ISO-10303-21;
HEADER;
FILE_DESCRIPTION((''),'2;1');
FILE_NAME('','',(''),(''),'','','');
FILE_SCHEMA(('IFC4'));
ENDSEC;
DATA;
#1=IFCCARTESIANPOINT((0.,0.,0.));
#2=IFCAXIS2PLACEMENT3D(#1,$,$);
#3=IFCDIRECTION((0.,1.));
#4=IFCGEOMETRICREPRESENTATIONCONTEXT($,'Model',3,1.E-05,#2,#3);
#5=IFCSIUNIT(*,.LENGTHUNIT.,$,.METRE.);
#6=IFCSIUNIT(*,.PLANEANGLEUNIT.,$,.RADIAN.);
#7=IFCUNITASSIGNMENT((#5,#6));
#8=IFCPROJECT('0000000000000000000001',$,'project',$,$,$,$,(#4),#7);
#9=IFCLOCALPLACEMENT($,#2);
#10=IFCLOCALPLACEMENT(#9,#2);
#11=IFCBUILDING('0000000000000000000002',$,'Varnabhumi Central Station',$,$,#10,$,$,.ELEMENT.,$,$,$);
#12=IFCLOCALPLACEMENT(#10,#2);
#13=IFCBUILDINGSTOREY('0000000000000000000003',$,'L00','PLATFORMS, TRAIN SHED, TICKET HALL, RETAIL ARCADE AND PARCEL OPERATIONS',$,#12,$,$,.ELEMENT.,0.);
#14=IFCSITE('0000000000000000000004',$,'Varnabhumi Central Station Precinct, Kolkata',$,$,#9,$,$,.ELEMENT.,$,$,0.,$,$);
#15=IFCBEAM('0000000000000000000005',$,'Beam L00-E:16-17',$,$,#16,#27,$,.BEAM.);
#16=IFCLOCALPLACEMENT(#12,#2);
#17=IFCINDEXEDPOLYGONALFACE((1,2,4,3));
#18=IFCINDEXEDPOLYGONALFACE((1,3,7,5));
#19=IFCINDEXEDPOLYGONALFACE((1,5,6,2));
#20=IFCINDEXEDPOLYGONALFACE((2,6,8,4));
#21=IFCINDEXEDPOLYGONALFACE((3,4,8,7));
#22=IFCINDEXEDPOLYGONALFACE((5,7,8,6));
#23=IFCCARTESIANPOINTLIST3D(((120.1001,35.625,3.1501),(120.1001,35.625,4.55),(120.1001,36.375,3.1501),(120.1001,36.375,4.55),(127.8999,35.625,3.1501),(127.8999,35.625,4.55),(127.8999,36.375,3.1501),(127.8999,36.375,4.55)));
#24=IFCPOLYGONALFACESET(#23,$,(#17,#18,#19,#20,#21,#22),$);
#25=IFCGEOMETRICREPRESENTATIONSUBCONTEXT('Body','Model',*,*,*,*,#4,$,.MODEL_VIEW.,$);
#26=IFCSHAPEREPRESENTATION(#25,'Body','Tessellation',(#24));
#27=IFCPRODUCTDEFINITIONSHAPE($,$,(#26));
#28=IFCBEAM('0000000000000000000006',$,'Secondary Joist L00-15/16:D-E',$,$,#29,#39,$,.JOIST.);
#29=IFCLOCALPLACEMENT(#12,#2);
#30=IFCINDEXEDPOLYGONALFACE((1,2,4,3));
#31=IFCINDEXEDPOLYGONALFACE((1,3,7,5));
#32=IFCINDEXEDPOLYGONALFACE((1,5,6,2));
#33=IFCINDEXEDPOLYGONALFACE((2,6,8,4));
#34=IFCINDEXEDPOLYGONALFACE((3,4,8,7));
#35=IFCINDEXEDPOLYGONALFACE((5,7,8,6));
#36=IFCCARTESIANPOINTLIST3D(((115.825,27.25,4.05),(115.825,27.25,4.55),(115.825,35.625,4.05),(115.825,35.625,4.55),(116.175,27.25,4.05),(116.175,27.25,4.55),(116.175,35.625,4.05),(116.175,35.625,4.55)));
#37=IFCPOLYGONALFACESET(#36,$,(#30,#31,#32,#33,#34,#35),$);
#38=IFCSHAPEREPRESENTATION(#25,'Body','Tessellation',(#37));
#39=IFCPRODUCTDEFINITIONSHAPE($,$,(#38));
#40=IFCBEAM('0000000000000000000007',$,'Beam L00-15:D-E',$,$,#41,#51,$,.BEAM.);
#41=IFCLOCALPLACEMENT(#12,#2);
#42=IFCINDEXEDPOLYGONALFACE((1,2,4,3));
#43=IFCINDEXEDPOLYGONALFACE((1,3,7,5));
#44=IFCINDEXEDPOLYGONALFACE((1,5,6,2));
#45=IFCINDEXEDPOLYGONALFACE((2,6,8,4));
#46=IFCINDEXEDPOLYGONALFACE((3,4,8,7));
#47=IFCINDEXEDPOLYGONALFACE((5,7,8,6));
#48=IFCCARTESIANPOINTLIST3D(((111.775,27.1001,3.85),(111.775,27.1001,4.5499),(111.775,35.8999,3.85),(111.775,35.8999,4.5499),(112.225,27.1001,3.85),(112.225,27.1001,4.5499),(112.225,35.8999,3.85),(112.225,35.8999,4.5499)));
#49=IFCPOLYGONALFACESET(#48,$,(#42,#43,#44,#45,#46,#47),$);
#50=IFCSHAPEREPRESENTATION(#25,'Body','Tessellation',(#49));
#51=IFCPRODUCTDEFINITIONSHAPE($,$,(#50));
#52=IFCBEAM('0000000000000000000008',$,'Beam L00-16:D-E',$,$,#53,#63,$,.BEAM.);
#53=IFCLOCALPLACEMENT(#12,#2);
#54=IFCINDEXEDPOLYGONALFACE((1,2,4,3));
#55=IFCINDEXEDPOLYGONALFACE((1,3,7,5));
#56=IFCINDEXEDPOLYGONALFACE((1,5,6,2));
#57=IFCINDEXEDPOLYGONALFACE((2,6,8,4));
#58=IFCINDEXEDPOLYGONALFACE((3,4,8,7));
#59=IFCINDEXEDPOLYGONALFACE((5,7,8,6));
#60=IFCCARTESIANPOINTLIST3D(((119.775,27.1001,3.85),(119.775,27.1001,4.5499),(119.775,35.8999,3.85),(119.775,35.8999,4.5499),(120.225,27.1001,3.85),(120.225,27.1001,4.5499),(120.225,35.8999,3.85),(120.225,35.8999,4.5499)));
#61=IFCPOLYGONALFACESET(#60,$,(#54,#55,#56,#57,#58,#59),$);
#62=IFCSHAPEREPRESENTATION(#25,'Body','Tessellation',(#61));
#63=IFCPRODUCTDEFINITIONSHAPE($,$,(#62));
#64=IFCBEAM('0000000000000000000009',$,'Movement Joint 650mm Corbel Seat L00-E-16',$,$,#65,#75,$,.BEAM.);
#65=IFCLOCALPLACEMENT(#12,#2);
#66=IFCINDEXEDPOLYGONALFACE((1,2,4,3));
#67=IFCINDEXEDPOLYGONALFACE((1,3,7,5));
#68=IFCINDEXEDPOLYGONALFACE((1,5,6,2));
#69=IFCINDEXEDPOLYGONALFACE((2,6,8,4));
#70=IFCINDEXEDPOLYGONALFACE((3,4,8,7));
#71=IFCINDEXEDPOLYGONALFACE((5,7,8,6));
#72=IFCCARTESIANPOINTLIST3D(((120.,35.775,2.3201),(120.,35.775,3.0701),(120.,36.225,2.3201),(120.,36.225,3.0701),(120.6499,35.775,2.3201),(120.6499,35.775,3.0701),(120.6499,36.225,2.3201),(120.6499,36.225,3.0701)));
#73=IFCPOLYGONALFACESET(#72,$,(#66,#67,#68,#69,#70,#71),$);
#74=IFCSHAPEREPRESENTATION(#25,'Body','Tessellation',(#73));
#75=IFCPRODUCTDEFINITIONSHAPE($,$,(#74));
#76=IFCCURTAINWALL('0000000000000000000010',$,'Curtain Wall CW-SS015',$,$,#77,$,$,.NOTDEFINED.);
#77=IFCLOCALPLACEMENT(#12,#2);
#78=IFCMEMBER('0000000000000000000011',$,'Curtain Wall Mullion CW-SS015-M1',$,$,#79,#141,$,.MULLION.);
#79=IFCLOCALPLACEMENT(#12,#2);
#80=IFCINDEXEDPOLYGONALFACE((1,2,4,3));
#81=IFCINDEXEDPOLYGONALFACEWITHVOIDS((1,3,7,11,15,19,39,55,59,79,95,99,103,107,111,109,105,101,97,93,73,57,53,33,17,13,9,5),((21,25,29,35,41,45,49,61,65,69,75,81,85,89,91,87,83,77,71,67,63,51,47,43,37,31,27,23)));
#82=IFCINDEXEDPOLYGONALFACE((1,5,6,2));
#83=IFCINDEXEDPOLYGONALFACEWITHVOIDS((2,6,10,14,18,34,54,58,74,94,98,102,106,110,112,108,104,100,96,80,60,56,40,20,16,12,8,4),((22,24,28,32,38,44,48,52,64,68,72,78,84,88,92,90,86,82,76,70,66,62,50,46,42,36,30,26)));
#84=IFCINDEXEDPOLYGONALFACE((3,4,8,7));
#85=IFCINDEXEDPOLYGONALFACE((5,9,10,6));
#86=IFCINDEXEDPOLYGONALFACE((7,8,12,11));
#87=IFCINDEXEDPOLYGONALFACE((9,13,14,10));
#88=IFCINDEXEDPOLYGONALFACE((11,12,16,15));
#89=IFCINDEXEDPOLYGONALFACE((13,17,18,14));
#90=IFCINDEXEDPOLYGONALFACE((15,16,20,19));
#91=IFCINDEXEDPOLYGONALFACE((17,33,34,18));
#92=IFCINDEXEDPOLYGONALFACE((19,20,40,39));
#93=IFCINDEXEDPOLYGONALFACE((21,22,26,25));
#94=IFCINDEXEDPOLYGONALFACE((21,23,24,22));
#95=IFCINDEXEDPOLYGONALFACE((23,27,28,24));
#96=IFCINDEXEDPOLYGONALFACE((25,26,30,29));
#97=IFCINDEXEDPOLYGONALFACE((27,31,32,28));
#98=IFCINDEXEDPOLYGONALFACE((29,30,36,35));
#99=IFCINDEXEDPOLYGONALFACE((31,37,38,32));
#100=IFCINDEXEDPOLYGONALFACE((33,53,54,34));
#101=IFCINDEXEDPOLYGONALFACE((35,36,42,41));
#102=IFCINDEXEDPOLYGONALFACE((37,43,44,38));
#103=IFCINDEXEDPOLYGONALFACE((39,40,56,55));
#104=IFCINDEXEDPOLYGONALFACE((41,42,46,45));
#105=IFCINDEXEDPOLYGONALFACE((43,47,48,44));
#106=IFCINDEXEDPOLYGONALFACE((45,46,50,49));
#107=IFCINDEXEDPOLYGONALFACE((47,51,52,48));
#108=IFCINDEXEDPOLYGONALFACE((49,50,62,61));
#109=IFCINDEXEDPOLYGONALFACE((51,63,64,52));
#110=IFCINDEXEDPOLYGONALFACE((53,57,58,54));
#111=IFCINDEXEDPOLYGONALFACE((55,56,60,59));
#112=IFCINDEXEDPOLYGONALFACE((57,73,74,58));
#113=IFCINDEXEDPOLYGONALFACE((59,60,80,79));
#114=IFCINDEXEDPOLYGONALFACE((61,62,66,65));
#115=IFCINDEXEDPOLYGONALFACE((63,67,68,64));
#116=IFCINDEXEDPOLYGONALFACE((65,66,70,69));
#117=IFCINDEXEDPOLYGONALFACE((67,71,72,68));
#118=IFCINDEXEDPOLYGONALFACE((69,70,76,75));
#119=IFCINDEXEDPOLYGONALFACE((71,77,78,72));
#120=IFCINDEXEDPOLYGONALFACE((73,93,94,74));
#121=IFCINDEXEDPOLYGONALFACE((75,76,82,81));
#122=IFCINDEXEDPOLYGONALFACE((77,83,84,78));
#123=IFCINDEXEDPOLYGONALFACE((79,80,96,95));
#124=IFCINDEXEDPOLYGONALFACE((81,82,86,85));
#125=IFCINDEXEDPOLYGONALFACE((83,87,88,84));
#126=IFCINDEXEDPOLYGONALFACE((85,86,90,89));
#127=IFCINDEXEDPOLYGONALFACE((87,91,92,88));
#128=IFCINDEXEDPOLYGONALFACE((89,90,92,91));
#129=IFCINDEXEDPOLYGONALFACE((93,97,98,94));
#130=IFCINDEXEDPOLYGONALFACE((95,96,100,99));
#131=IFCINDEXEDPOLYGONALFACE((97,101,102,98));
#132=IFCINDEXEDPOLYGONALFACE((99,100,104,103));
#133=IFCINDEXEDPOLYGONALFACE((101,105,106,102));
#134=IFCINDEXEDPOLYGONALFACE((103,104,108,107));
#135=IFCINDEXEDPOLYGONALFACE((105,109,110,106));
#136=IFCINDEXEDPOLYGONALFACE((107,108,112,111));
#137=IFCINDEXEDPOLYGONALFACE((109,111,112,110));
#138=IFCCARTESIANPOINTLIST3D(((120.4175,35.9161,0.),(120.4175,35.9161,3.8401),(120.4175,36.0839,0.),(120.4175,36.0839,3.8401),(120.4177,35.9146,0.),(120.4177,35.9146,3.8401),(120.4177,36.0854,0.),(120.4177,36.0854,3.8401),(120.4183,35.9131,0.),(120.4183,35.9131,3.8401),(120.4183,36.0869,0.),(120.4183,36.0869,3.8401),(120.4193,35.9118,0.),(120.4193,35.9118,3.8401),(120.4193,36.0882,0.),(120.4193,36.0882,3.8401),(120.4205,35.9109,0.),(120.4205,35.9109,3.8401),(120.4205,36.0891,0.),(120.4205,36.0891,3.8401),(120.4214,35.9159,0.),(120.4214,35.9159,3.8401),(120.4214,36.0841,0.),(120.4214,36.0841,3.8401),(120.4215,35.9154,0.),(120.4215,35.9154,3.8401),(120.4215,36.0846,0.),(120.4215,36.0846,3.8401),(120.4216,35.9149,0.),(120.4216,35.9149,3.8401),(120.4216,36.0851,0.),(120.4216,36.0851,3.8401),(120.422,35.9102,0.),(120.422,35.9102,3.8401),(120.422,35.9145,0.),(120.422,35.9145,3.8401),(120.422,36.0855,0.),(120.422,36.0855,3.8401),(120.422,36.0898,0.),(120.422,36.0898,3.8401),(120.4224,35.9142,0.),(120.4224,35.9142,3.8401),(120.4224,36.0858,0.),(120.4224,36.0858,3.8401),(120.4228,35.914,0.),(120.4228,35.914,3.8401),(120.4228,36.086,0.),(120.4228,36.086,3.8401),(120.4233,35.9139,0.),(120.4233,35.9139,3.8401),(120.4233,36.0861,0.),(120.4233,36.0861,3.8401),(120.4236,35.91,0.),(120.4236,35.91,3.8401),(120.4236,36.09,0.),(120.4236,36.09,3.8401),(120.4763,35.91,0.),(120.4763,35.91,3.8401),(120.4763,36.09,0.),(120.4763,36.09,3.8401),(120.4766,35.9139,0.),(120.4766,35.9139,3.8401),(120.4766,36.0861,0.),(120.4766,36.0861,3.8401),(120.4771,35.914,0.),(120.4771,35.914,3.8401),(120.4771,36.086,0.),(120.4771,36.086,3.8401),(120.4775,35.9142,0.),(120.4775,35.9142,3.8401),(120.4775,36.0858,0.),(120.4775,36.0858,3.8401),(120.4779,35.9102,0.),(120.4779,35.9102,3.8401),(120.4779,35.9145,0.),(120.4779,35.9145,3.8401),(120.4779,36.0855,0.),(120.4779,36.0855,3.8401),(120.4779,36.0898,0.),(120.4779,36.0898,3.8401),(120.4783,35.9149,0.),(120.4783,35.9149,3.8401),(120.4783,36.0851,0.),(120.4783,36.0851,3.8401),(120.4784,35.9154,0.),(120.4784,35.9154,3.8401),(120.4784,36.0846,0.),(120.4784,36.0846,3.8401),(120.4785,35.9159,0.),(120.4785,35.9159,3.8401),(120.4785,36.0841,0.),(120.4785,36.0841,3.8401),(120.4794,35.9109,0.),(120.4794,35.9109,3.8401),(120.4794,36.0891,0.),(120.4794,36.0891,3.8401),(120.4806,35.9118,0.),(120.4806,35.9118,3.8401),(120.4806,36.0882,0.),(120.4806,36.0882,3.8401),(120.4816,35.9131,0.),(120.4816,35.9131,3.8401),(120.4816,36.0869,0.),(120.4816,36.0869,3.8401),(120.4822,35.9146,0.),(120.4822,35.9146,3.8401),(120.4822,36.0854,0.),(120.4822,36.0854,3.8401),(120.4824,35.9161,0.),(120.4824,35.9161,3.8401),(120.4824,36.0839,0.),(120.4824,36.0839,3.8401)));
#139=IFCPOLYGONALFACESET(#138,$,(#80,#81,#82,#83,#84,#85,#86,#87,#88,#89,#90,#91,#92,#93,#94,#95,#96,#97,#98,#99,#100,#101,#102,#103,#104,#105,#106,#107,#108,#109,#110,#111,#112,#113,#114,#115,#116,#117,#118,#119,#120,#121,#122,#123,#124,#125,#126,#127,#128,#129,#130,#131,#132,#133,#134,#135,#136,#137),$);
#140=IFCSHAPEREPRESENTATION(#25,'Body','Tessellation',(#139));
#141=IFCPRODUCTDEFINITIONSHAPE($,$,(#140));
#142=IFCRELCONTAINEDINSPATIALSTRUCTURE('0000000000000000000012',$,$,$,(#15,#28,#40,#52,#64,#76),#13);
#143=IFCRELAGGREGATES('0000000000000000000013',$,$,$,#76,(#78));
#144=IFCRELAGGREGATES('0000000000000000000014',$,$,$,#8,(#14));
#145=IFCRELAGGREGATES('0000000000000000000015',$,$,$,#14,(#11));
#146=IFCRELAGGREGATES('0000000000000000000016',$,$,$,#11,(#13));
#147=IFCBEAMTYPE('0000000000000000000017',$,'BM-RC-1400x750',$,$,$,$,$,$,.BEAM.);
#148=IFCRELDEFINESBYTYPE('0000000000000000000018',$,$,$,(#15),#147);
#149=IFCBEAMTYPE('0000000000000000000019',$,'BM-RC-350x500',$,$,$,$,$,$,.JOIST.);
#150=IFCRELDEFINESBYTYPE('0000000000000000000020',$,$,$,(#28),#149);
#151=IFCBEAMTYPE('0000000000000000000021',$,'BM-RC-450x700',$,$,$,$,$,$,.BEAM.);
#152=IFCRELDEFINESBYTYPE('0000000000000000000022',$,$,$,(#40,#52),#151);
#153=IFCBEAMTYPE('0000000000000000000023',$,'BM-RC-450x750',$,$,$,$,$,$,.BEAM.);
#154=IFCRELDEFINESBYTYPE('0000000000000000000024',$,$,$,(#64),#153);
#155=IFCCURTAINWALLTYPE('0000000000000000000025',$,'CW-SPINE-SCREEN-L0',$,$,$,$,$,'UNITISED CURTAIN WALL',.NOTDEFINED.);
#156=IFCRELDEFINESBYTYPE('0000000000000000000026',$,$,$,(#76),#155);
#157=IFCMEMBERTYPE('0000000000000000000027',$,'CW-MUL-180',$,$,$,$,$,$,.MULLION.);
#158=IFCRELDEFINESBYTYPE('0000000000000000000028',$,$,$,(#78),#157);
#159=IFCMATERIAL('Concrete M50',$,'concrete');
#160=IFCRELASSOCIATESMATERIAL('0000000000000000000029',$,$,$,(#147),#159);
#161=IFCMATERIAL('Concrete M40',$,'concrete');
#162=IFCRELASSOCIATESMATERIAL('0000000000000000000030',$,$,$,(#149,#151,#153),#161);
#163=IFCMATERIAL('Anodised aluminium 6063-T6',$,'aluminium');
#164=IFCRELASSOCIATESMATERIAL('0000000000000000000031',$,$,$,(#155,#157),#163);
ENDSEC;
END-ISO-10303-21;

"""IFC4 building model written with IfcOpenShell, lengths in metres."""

from ifc_helpers import new_model, si_unit, direction, frame, origin, origin_2d, place, context, subcontext, project, spatial, rectangle, hollow_rectangle, extrude, material, material_profile, profile_set, type_object, element, aggregate, save


model = new_model("IFC4")

# Units and contexts
model_context = context("Model", 3, precision=1e-05, world=origin(), true_north=direction((0.0, 1.0)))
body_context = subcontext(model_context, "Body", "Model", "MODEL_VIEW")
ifc_project = project(units=[si_unit("LENGTHUNIT", "METRE"), si_unit("PLANEANGLEUNIT", "RADIAN")], contexts=[model_context])

# Site, building, storey
site_placement = place(None, origin())
site = spatial("IfcSite", under=ifc_project, at=site_placement, Name="Varnabhumi Central Station Precinct, Kolkata", CompositionType="ELEMENT", RefElevation=0.0)
building_placement = place(site_placement, origin())
building = spatial("IfcBuilding", under=site, at=building_placement, Name="Varnabhumi Central Station", CompositionType="ELEMENT")
storey_placement = place(building_placement, origin())
storey = spatial("IfcBuildingStorey", under=building, at=storey_placement, Name="L00", Description="PLATFORMS, TRAIN SHED, TICKET HALL, RETAIL ARCADE AND PARCEL OPERATIONS", CompositionType="ELEMENT", Elevation=0.0)

# Shared definitions
ifc_material_1 = material(Name="Concrete M40", Category="concrete")

# Shared definitions
ifc_material_2 = material(Name="Concrete M50", Category="concrete")

# Beams
ifc_material_profile_1 = material_profile(ifc_material_2, rectangle(XDim=0.75, YDim=1.3999, at=origin_2d()), Name="Concrete M50", Category="concrete")
ifc_profile_set_1 = profile_set([ifc_material_profile_1], Name="Concrete M50")
beam_type_1 = type_object("IfcBeamType", Name="BM-RC-1400x750", PredefinedType="BEAM", material=ifc_profile_set_1)
for number, where, z_axis, x_axis, name in (
    (1, (120.1001, 36.0, 3.8501), (1.0, 0.0, 0.0), (0.0, 1.0, 0.0), "Beam L00-E:16-17"),
):
    element("IfcBeam", number, at=place(storey_placement, frame(where, z_axis=z_axis, x_axis=x_axis)), inside=storey, type_object=beam_type_1, Name=name, PredefinedType="BEAM", context=body_context, shape_type="SweptSolid", body=[
        extrude(rectangle(XDim=0.75, YDim=1.3999, at=origin_2d()), origin(), (0.0, 0.0, 1.0), 7.7998),
    ])
ifc_material_profile_2 = material_profile(ifc_material_1, rectangle(XDim=0.3501, YDim=0.5, at=origin_2d()), Name="Concrete M40", Category="concrete")
ifc_profile_set_2 = profile_set([ifc_material_profile_2], Name="Concrete M40")
beam_type_2 = type_object("IfcBeamType", Name="BM-RC-350x500", PredefinedType="JOIST", material=ifc_profile_set_2)
beam_1_placement = place(storey_placement, frame((116.0, 27.25, 4.3), z_axis=(0.0, 1.0, 0.0), x_axis=(-1.0, 0.0, 0.0)))
element("IfcBeam", 2, at=beam_1_placement, inside=storey, type_object=beam_type_2, Name="Secondary Joist L00-15/16:D-E", PredefinedType="JOIST", context=body_context, shape_type="SweptSolid", body=[
    extrude(rectangle(XDim=0.3501, YDim=0.5, at=origin_2d()), origin(), (0.0, 0.0, 1.0), 8.375),
])
ifc_material_profile_3 = material_profile(ifc_material_1, rectangle(XDim=0.45, YDim=0.7, at=origin_2d()), Name="Concrete M40", Category="concrete")
ifc_profile_set_3 = profile_set([ifc_material_profile_3], Name="Concrete M40")
beam_type_3 = type_object("IfcBeamType", Name="BM-RC-450x700", PredefinedType="BEAM", material=ifc_profile_set_3)
for number, where, z_axis, x_axis, name in (
    (3, (112.0, 27.1001, 4.2), (0.0, 1.0, 0.0), (-1.0, 0.0, 0.0), "Beam L00-15:D-E"),
    (4, (120.0, 27.1001, 4.2), (0.0, 1.0, 0.0), (-1.0, 0.0, 0.0), "Beam L00-16:D-E"),
):
    element("IfcBeam", number, at=place(storey_placement, frame(where, z_axis=z_axis, x_axis=x_axis)), inside=storey, type_object=beam_type_3, Name=name, PredefinedType="BEAM", context=body_context, shape_type="SweptSolid", body=[
        extrude(rectangle(XDim=0.45, YDim=0.7, at=origin_2d()), origin(), (0.0, 0.0, 1.0), 8.7998),
    ])
ifc_material_profile_4 = material_profile(ifc_material_1, rectangle(XDim=0.45, YDim=0.75, at=origin_2d()), Name="Concrete M40", Category="concrete")
ifc_profile_set_4 = profile_set([ifc_material_profile_4], Name="Concrete M40")
beam_type_4 = type_object("IfcBeamType", Name="BM-RC-450x750", PredefinedType="BEAM", material=ifc_profile_set_4)
beam_2_placement = place(storey_placement, frame((120.0, 36.0, 2.6951), z_axis=(1.0, 0.0, 0.0), x_axis=(0.0, 1.0, 0.0)))
element("IfcBeam", 5, at=beam_2_placement, inside=storey, type_object=beam_type_4, Name="Movement Joint 650mm Corbel Seat L00-E-16", PredefinedType="BEAM", context=body_context, shape_type="SweptSolid", body=[
    extrude(rectangle(XDim=0.45, YDim=0.75, at=origin_2d()), origin(), (0.0, 0.0, 1.0), 0.6499),
])

# Curtain wall, member
ifc_material_3 = material(Name="Anodised aluminium 6063-T6", Category="aluminium")
curtain_wall_type = type_object("IfcCurtainWallType", Name="CW-SPINE-SCREEN-L0", ElementType="UNITISED CURTAIN WALL", PredefinedType="NOTDEFINED", material=ifc_material_3)
curtain_wall_placement = place(storey_placement, origin())
curtain_wall = element("IfcCurtainWall", 6, at=curtain_wall_placement, inside=storey, type_object=curtain_wall_type, Name="Curtain Wall CW-SS015", PredefinedType="NOTDEFINED")
ifc_material_profile_5 = material_profile(ifc_material_3, hollow_rectangle(XDim=0.0649, YDim=0.1799, WallThickness=0.0039, InnerFilletRadius=0.002, OuterFilletRadius=0.0061, at=origin_2d()), Name="Anodised aluminium 6063-T6", Category="aluminium")
ifc_profile_set_5 = profile_set([ifc_material_profile_5], Name="Anodised aluminium 6063-T6")
member_type_1 = type_object("IfcMemberType", Name="CW-MUL-180", PredefinedType="MULLION", material=ifc_profile_set_5)
member_1_placement = place(storey_placement, frame((120.45, 36.0, 0.0), z_axis=(0.0, 0.0, 1.0), x_axis=(1.0, 0.0, 0.0)))
member_1 = element("IfcMember", 7, at=member_1_placement, type_object=member_type_1, Name="Curtain Wall Mullion CW-SS015-M1", PredefinedType="MULLION", context=body_context, shape_type="SweptSolid", body=[
    extrude(hollow_rectangle(XDim=0.0649, YDim=0.1799, WallThickness=0.0039, InnerFilletRadius=0.002, OuterFilletRadius=0.0061, at=origin_2d()), origin(), (0.0, 0.0, 1.0), 3.8401),
])
aggregate(curtain_wall, [member_1])

save(model, "model.ifc")
